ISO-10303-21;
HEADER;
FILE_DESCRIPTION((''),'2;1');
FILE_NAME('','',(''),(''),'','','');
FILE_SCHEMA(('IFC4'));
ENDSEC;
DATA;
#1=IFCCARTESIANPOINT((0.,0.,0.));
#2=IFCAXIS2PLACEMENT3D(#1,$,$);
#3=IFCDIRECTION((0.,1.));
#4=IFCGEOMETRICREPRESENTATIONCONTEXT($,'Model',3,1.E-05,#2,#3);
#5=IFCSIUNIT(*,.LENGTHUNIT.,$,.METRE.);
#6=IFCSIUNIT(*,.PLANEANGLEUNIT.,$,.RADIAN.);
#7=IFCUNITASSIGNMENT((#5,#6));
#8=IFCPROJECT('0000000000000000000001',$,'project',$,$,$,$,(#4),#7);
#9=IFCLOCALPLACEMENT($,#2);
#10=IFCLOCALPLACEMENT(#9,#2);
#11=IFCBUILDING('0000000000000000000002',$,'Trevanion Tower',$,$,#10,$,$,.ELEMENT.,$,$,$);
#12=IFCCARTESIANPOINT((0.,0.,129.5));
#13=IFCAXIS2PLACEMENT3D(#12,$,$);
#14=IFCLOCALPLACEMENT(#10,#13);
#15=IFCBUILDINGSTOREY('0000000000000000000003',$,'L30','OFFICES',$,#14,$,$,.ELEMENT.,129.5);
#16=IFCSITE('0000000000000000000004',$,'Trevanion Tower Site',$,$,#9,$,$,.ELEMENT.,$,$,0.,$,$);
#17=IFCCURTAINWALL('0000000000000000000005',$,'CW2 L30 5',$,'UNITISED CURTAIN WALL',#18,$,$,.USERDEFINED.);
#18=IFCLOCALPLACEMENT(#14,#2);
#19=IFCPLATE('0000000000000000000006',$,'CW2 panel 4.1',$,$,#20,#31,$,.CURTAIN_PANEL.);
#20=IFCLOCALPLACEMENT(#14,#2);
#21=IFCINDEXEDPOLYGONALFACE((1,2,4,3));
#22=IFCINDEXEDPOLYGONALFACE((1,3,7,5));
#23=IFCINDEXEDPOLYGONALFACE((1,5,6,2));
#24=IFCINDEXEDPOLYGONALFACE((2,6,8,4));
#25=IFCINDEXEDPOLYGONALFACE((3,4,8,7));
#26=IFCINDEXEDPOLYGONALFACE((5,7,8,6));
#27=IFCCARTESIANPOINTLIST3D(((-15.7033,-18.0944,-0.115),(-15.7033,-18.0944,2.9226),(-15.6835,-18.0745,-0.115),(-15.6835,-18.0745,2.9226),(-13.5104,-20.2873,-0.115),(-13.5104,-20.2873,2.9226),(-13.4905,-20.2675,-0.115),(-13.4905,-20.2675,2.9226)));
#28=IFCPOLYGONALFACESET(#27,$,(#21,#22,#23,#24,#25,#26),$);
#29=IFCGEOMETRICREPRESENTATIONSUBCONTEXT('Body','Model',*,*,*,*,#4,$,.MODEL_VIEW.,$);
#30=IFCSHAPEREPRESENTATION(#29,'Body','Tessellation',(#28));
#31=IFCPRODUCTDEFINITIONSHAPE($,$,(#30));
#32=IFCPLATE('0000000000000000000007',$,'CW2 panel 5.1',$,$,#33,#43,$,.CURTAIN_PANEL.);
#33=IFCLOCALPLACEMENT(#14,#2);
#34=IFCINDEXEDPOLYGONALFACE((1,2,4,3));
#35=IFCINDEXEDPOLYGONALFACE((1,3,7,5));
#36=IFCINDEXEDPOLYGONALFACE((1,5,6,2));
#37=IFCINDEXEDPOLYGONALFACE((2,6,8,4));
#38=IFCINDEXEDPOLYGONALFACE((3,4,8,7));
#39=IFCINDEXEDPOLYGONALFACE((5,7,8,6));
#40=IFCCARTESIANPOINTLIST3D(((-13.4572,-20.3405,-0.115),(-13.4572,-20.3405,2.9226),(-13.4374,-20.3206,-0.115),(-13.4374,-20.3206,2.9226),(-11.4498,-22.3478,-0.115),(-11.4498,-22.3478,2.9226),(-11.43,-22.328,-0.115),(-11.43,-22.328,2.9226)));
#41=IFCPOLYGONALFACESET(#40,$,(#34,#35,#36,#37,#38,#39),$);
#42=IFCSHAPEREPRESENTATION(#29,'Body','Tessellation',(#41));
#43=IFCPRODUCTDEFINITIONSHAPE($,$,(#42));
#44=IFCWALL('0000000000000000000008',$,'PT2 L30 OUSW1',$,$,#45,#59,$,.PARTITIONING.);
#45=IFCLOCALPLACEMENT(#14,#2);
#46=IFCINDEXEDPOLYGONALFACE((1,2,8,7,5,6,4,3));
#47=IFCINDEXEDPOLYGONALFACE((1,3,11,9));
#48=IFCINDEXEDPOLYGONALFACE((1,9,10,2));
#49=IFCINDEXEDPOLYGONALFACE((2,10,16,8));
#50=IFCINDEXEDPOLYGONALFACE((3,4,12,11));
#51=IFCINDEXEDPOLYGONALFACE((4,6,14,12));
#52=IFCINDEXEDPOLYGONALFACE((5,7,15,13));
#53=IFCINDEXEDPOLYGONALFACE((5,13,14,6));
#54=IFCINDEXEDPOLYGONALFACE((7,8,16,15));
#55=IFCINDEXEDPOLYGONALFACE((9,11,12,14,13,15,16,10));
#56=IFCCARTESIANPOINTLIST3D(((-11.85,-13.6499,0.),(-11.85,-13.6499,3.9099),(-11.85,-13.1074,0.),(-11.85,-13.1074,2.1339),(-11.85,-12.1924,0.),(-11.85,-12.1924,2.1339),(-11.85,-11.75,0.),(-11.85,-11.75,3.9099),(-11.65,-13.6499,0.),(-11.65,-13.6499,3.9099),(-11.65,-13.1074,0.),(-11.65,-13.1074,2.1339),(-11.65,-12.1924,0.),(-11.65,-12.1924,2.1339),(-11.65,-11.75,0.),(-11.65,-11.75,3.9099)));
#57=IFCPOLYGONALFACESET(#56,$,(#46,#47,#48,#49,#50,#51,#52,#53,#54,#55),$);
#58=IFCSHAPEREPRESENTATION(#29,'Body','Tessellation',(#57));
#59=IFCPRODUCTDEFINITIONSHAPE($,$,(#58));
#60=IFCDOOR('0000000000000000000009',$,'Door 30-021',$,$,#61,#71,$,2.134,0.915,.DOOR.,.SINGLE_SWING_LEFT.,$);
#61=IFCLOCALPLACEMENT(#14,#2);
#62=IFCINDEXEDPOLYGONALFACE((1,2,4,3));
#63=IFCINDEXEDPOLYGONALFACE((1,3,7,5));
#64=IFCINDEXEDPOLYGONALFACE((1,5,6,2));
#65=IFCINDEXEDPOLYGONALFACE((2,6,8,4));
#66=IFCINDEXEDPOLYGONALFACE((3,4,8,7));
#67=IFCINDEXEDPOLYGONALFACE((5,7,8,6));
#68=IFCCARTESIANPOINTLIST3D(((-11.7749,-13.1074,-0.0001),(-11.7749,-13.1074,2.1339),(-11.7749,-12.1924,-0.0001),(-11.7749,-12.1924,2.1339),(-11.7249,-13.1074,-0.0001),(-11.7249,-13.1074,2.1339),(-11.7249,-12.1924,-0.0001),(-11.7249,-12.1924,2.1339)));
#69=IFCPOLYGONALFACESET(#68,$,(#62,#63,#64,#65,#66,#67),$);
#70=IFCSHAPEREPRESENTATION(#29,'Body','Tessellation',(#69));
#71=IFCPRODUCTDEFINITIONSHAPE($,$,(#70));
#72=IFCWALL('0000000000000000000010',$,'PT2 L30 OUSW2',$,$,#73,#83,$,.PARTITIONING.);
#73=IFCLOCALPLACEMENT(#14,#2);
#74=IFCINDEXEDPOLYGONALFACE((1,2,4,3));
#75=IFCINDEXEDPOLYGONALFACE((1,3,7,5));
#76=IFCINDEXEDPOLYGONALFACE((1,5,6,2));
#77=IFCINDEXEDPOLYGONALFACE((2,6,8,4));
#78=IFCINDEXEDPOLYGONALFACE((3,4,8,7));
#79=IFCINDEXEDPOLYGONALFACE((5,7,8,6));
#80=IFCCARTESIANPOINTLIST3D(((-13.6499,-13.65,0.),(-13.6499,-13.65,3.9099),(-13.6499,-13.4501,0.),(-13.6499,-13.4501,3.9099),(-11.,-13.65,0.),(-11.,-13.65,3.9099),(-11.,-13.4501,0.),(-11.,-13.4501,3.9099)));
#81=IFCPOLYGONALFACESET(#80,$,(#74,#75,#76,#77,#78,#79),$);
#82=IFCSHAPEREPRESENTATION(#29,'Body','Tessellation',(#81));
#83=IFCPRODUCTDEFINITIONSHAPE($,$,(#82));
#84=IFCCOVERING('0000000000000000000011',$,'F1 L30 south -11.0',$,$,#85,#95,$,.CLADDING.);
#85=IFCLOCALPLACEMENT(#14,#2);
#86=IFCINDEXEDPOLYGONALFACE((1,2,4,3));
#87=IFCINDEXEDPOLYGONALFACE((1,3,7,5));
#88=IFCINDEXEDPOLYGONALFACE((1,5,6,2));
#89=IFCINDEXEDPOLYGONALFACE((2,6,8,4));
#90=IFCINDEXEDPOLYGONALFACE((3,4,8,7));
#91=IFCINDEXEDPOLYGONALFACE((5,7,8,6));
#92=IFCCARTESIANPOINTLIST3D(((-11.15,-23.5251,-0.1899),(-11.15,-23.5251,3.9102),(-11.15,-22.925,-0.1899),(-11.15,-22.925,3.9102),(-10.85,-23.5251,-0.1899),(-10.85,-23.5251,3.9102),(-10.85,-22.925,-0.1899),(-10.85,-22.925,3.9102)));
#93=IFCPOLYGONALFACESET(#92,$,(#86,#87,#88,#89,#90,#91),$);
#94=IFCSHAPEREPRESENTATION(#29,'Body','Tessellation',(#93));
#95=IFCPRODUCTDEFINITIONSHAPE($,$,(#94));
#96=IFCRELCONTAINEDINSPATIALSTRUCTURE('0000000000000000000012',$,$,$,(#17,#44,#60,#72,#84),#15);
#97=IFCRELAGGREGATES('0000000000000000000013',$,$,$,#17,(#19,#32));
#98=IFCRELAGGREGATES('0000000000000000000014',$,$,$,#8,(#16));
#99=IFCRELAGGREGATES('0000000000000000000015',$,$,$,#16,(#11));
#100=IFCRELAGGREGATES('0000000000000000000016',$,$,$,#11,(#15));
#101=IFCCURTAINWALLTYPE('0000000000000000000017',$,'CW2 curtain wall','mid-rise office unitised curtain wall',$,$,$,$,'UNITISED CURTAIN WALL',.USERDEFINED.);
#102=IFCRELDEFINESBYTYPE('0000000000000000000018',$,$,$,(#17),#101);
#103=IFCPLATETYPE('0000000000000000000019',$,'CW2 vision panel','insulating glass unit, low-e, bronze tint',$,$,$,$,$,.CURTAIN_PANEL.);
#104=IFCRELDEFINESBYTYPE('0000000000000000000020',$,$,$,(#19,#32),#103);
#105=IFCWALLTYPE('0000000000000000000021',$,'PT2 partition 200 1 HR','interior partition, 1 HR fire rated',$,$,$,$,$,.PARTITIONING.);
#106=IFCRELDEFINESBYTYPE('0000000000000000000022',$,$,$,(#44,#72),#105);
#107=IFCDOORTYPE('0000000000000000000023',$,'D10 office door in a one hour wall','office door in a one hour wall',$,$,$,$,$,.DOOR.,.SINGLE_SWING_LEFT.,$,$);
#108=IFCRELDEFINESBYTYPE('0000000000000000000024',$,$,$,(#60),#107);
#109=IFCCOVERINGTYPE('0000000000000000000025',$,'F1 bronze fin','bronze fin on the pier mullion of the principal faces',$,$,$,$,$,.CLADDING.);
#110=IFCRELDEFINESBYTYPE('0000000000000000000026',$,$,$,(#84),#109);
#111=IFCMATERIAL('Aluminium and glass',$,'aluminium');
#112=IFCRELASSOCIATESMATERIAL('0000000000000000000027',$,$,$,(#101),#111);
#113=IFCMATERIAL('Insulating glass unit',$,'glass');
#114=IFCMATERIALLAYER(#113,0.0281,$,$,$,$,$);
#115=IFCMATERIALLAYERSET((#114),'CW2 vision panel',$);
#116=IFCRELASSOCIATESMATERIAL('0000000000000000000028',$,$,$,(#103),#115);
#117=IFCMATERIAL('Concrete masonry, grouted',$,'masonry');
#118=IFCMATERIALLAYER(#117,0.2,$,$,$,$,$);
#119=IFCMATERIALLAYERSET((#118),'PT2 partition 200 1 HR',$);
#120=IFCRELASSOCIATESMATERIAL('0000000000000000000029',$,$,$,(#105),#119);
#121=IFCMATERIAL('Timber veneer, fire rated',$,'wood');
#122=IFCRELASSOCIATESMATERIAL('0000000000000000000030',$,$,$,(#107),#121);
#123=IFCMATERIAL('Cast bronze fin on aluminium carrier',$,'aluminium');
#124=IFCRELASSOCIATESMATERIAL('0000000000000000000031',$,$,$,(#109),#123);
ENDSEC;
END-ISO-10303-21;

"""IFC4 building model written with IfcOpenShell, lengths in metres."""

from ifc_helpers import new_model, si_unit, direction, frame, frame_2d, origin, origin_2d, place, context, subcontext, project, spatial, rectangle, extrude, material, layer, layer_set, type_object, element, fill, aggregate, save


model = new_model("IFC4")

# Units and contexts
model_context = context("Model", 3, precision=1e-05, world=origin(), true_north=direction((0.0, 1.0)))
body_context = subcontext(model_context, "Body", "Model", "MODEL_VIEW")
ifc_project = project(units=[si_unit("LENGTHUNIT", "METRE"), si_unit("PLANEANGLEUNIT", "RADIAN")], contexts=[model_context])

# Site, building, storey
site_placement = place(None, origin())
site = spatial("IfcSite", under=ifc_project, at=site_placement, Name="Trevanion Tower Site", CompositionType="ELEMENT", RefElevation=0.0)
building_placement = place(site_placement, origin())
building = spatial("IfcBuilding", under=site, at=building_placement, Name="Trevanion Tower", CompositionType="ELEMENT")
storey_placement = place(building_placement, frame((0.0, 0.0, 129.5)))
storey = spatial("IfcBuildingStorey", under=building, at=storey_placement, Name="L30", Description="OFFICES", CompositionType="ELEMENT", Elevation=129.5)

# Curtain wall
ifc_material_1 = material(Name="Aluminium and glass", Category="aluminium")
curtain_wall_type = type_object("IfcCurtainWallType", Name="CW2 curtain wall", Description="mid-rise office unitised curtain wall", ElementType="UNITISED CURTAIN WALL", PredefinedType="USERDEFINED", material=ifc_material_1)
curtain_wall_placement = place(storey_placement, origin())
curtain_wall = element("IfcCurtainWall", 1, at=curtain_wall_placement, inside=storey, type_object=curtain_wall_type, Name="CW2 L30 5", ObjectType="UNITISED CURTAIN WALL", PredefinedType="USERDEFINED")

# Plates
ifc_material_2 = material(Name="Insulating glass unit", Category="glass")
ifc_layer_1 = layer(ifc_material_2, 0.0281)
ifc_layer_set_1 = layer_set([ifc_layer_1], Name="CW2 vision panel")
plate_type_1 = type_object("IfcPlateType", Name="CW2 vision panel", Description="insulating glass unit, low-e, bronze tint", PredefinedType="CURTAIN_PANEL", material=ifc_layer_set_1)
plate_1_placement = place(storey_placement, frame((-14.5969, -19.1809, -0.115), z_axis=(0.0, 0.0, 1.0), x_axis=(0.707107, -0.707107, 0.0)))
plate_1 = element("IfcPlate", 2, at=plate_1_placement, type_object=plate_type_1, Name="CW2 panel 4.1", PredefinedType="CURTAIN_PANEL", context=body_context, shape_type="SweptSolid", body=[
    extrude(rectangle(XDim=3.1013, YDim=0.0281, at=origin_2d()), origin(), (0.0, 0.0, 1.0), 3.0376),
])
plate_2_placement = place(storey_placement, frame((-12.4436, -21.3342, -0.115), z_axis=(0.0, 0.0, 1.0), x_axis=(0.707107, -0.707107, 0.0)))
plate_2 = element("IfcPlate", 3, at=plate_2_placement, type_object=plate_type_1, Name="CW2 panel 5.1", PredefinedType="CURTAIN_PANEL", context=body_context, shape_type="SweptSolid", body=[
    extrude(rectangle(XDim=2.8389, YDim=0.0281, at=origin_2d()), origin(), (0.0, 0.0, 1.0), 3.0376),
])
aggregate(curtain_wall, [plate_1, plate_2])

# Wall, opening, door
ifc_material_3 = material(Name="Concrete masonry, grouted", Category="masonry")
ifc_layer_2 = layer(ifc_material_3, 0.2)
ifc_layer_set_2 = layer_set([ifc_layer_2], Name="PT2 partition 200 1 HR")
wall_type = type_object("IfcWallType", Name="PT2 partition 200 1 HR", Description="interior partition, 1 HR fire rated", PredefinedType="PARTITIONING", material=ifc_layer_set_2)
wall_1_placement = place(storey_placement, frame((-11.75, -11.75, 0.0), z_axis=(0.0, 0.0, 1.0), x_axis=(0.0, -1.0, 0.0)))
wall_1 = element("IfcWall", 4, at=wall_1_placement, inside=storey, type_object=wall_type, Name="PT2 L30 OUSW1", PredefinedType="PARTITIONING", context=body_context, shape_type="SweptSolid", body=[
    extrude(rectangle(XDim=1.8999, YDim=0.2, at=frame_2d((0.95, 0.0))), origin(), (0.0, 0.0, 1.0), 3.9099),
])
opening_placement = place(wall_1_placement, frame((0.4424, 0.0, 0.0)))
opening = element("IfcOpeningElement", 5, at=opening_placement, cuts=wall_1, PredefinedType="OPENING", context=body_context, shape_type="SweptSolid", body=[
    extrude(rectangle(XDim=0.915, YDim=2.134, at=frame_2d((0.4575, 1.0669))), frame((0.0, 0.1099, 0.0), z_axis=(0.0, -1.0, 0.0), x_axis=(1.0, 0.0, 0.0)), (0.0, 0.0, 1.0), 0.22),
])
ifc_material_4 = material(Name="Timber veneer, fire rated", Category="wood")
door_type = type_object("IfcDoorType", Name="D10 office door in a one hour wall", Description="office door in a one hour wall", OperationType="SINGLE_SWING_LEFT", PredefinedType="DOOR", material=ifc_material_4)
door_placement = place(opening_placement, frame((0.915, 0.0, 0.0), z_axis=(0.0, 0.0, 1.0), x_axis=(-1.0, 0.0, 0.0)))
door = element("IfcDoor", 6, at=door_placement, inside=storey, type_object=door_type, Name="Door 30-021", OperationType="SINGLE_SWING_LEFT", OverallHeight=2.134, OverallWidth=0.915, PredefinedType="DOOR", context=body_context, shape_type="SweptSolid", body=[
    extrude(rectangle(XDim=0.915, YDim=2.134, at=frame_2d((0.4575, 1.0669))), frame((0.0, 0.0249, 0.0), z_axis=(0.0, -1.0, 0.0), x_axis=(1.0, 0.0, 0.0)), (0.0, 0.0, 1.0), 0.05),
])
fill(opening, door)

# Wall
wall_2_placement = place(storey_placement, frame((-11.0, -13.55, 0.0), z_axis=(0.0, 0.0, 1.0), x_axis=(-1.0, 0.0, 0.0)))
element("IfcWall", 7, at=wall_2_placement, inside=storey, type_object=wall_type, Name="PT2 L30 OUSW2", PredefinedType="PARTITIONING", context=body_context, shape_type="SweptSolid", body=[
    extrude(rectangle(XDim=2.6499, YDim=0.2, at=frame_2d((1.325, 0.0))), origin(), (0.0, 0.0, 1.0), 3.9099),
])

# Covering
ifc_material_5 = material(Name="Cast bronze fin on aluminium carrier", Category="aluminium")
covering_type = type_object("IfcCoveringType", Name="F1 bronze fin", Description="bronze fin on the pier mullion of the principal faces", PredefinedType="CLADDING", material=ifc_material_5)
covering_placement = place(storey_placement, frame((-11.0, -23.2251, -0.1899), z_axis=(0.0, 0.0, 1.0), x_axis=(1.0, 0.0, 0.0)))
element("IfcCovering", 8, at=covering_placement, inside=storey, type_object=covering_type, Name="F1 L30 south -11.0", PredefinedType="CLADDING", context=body_context, shape_type="SweptSolid", body=[
    extrude(rectangle(XDim=0.3, YDim=0.6001, at=origin_2d()), origin(), (0.0, 0.0, 1.0), 4.1001),
])

save(model, "model.ifc")
